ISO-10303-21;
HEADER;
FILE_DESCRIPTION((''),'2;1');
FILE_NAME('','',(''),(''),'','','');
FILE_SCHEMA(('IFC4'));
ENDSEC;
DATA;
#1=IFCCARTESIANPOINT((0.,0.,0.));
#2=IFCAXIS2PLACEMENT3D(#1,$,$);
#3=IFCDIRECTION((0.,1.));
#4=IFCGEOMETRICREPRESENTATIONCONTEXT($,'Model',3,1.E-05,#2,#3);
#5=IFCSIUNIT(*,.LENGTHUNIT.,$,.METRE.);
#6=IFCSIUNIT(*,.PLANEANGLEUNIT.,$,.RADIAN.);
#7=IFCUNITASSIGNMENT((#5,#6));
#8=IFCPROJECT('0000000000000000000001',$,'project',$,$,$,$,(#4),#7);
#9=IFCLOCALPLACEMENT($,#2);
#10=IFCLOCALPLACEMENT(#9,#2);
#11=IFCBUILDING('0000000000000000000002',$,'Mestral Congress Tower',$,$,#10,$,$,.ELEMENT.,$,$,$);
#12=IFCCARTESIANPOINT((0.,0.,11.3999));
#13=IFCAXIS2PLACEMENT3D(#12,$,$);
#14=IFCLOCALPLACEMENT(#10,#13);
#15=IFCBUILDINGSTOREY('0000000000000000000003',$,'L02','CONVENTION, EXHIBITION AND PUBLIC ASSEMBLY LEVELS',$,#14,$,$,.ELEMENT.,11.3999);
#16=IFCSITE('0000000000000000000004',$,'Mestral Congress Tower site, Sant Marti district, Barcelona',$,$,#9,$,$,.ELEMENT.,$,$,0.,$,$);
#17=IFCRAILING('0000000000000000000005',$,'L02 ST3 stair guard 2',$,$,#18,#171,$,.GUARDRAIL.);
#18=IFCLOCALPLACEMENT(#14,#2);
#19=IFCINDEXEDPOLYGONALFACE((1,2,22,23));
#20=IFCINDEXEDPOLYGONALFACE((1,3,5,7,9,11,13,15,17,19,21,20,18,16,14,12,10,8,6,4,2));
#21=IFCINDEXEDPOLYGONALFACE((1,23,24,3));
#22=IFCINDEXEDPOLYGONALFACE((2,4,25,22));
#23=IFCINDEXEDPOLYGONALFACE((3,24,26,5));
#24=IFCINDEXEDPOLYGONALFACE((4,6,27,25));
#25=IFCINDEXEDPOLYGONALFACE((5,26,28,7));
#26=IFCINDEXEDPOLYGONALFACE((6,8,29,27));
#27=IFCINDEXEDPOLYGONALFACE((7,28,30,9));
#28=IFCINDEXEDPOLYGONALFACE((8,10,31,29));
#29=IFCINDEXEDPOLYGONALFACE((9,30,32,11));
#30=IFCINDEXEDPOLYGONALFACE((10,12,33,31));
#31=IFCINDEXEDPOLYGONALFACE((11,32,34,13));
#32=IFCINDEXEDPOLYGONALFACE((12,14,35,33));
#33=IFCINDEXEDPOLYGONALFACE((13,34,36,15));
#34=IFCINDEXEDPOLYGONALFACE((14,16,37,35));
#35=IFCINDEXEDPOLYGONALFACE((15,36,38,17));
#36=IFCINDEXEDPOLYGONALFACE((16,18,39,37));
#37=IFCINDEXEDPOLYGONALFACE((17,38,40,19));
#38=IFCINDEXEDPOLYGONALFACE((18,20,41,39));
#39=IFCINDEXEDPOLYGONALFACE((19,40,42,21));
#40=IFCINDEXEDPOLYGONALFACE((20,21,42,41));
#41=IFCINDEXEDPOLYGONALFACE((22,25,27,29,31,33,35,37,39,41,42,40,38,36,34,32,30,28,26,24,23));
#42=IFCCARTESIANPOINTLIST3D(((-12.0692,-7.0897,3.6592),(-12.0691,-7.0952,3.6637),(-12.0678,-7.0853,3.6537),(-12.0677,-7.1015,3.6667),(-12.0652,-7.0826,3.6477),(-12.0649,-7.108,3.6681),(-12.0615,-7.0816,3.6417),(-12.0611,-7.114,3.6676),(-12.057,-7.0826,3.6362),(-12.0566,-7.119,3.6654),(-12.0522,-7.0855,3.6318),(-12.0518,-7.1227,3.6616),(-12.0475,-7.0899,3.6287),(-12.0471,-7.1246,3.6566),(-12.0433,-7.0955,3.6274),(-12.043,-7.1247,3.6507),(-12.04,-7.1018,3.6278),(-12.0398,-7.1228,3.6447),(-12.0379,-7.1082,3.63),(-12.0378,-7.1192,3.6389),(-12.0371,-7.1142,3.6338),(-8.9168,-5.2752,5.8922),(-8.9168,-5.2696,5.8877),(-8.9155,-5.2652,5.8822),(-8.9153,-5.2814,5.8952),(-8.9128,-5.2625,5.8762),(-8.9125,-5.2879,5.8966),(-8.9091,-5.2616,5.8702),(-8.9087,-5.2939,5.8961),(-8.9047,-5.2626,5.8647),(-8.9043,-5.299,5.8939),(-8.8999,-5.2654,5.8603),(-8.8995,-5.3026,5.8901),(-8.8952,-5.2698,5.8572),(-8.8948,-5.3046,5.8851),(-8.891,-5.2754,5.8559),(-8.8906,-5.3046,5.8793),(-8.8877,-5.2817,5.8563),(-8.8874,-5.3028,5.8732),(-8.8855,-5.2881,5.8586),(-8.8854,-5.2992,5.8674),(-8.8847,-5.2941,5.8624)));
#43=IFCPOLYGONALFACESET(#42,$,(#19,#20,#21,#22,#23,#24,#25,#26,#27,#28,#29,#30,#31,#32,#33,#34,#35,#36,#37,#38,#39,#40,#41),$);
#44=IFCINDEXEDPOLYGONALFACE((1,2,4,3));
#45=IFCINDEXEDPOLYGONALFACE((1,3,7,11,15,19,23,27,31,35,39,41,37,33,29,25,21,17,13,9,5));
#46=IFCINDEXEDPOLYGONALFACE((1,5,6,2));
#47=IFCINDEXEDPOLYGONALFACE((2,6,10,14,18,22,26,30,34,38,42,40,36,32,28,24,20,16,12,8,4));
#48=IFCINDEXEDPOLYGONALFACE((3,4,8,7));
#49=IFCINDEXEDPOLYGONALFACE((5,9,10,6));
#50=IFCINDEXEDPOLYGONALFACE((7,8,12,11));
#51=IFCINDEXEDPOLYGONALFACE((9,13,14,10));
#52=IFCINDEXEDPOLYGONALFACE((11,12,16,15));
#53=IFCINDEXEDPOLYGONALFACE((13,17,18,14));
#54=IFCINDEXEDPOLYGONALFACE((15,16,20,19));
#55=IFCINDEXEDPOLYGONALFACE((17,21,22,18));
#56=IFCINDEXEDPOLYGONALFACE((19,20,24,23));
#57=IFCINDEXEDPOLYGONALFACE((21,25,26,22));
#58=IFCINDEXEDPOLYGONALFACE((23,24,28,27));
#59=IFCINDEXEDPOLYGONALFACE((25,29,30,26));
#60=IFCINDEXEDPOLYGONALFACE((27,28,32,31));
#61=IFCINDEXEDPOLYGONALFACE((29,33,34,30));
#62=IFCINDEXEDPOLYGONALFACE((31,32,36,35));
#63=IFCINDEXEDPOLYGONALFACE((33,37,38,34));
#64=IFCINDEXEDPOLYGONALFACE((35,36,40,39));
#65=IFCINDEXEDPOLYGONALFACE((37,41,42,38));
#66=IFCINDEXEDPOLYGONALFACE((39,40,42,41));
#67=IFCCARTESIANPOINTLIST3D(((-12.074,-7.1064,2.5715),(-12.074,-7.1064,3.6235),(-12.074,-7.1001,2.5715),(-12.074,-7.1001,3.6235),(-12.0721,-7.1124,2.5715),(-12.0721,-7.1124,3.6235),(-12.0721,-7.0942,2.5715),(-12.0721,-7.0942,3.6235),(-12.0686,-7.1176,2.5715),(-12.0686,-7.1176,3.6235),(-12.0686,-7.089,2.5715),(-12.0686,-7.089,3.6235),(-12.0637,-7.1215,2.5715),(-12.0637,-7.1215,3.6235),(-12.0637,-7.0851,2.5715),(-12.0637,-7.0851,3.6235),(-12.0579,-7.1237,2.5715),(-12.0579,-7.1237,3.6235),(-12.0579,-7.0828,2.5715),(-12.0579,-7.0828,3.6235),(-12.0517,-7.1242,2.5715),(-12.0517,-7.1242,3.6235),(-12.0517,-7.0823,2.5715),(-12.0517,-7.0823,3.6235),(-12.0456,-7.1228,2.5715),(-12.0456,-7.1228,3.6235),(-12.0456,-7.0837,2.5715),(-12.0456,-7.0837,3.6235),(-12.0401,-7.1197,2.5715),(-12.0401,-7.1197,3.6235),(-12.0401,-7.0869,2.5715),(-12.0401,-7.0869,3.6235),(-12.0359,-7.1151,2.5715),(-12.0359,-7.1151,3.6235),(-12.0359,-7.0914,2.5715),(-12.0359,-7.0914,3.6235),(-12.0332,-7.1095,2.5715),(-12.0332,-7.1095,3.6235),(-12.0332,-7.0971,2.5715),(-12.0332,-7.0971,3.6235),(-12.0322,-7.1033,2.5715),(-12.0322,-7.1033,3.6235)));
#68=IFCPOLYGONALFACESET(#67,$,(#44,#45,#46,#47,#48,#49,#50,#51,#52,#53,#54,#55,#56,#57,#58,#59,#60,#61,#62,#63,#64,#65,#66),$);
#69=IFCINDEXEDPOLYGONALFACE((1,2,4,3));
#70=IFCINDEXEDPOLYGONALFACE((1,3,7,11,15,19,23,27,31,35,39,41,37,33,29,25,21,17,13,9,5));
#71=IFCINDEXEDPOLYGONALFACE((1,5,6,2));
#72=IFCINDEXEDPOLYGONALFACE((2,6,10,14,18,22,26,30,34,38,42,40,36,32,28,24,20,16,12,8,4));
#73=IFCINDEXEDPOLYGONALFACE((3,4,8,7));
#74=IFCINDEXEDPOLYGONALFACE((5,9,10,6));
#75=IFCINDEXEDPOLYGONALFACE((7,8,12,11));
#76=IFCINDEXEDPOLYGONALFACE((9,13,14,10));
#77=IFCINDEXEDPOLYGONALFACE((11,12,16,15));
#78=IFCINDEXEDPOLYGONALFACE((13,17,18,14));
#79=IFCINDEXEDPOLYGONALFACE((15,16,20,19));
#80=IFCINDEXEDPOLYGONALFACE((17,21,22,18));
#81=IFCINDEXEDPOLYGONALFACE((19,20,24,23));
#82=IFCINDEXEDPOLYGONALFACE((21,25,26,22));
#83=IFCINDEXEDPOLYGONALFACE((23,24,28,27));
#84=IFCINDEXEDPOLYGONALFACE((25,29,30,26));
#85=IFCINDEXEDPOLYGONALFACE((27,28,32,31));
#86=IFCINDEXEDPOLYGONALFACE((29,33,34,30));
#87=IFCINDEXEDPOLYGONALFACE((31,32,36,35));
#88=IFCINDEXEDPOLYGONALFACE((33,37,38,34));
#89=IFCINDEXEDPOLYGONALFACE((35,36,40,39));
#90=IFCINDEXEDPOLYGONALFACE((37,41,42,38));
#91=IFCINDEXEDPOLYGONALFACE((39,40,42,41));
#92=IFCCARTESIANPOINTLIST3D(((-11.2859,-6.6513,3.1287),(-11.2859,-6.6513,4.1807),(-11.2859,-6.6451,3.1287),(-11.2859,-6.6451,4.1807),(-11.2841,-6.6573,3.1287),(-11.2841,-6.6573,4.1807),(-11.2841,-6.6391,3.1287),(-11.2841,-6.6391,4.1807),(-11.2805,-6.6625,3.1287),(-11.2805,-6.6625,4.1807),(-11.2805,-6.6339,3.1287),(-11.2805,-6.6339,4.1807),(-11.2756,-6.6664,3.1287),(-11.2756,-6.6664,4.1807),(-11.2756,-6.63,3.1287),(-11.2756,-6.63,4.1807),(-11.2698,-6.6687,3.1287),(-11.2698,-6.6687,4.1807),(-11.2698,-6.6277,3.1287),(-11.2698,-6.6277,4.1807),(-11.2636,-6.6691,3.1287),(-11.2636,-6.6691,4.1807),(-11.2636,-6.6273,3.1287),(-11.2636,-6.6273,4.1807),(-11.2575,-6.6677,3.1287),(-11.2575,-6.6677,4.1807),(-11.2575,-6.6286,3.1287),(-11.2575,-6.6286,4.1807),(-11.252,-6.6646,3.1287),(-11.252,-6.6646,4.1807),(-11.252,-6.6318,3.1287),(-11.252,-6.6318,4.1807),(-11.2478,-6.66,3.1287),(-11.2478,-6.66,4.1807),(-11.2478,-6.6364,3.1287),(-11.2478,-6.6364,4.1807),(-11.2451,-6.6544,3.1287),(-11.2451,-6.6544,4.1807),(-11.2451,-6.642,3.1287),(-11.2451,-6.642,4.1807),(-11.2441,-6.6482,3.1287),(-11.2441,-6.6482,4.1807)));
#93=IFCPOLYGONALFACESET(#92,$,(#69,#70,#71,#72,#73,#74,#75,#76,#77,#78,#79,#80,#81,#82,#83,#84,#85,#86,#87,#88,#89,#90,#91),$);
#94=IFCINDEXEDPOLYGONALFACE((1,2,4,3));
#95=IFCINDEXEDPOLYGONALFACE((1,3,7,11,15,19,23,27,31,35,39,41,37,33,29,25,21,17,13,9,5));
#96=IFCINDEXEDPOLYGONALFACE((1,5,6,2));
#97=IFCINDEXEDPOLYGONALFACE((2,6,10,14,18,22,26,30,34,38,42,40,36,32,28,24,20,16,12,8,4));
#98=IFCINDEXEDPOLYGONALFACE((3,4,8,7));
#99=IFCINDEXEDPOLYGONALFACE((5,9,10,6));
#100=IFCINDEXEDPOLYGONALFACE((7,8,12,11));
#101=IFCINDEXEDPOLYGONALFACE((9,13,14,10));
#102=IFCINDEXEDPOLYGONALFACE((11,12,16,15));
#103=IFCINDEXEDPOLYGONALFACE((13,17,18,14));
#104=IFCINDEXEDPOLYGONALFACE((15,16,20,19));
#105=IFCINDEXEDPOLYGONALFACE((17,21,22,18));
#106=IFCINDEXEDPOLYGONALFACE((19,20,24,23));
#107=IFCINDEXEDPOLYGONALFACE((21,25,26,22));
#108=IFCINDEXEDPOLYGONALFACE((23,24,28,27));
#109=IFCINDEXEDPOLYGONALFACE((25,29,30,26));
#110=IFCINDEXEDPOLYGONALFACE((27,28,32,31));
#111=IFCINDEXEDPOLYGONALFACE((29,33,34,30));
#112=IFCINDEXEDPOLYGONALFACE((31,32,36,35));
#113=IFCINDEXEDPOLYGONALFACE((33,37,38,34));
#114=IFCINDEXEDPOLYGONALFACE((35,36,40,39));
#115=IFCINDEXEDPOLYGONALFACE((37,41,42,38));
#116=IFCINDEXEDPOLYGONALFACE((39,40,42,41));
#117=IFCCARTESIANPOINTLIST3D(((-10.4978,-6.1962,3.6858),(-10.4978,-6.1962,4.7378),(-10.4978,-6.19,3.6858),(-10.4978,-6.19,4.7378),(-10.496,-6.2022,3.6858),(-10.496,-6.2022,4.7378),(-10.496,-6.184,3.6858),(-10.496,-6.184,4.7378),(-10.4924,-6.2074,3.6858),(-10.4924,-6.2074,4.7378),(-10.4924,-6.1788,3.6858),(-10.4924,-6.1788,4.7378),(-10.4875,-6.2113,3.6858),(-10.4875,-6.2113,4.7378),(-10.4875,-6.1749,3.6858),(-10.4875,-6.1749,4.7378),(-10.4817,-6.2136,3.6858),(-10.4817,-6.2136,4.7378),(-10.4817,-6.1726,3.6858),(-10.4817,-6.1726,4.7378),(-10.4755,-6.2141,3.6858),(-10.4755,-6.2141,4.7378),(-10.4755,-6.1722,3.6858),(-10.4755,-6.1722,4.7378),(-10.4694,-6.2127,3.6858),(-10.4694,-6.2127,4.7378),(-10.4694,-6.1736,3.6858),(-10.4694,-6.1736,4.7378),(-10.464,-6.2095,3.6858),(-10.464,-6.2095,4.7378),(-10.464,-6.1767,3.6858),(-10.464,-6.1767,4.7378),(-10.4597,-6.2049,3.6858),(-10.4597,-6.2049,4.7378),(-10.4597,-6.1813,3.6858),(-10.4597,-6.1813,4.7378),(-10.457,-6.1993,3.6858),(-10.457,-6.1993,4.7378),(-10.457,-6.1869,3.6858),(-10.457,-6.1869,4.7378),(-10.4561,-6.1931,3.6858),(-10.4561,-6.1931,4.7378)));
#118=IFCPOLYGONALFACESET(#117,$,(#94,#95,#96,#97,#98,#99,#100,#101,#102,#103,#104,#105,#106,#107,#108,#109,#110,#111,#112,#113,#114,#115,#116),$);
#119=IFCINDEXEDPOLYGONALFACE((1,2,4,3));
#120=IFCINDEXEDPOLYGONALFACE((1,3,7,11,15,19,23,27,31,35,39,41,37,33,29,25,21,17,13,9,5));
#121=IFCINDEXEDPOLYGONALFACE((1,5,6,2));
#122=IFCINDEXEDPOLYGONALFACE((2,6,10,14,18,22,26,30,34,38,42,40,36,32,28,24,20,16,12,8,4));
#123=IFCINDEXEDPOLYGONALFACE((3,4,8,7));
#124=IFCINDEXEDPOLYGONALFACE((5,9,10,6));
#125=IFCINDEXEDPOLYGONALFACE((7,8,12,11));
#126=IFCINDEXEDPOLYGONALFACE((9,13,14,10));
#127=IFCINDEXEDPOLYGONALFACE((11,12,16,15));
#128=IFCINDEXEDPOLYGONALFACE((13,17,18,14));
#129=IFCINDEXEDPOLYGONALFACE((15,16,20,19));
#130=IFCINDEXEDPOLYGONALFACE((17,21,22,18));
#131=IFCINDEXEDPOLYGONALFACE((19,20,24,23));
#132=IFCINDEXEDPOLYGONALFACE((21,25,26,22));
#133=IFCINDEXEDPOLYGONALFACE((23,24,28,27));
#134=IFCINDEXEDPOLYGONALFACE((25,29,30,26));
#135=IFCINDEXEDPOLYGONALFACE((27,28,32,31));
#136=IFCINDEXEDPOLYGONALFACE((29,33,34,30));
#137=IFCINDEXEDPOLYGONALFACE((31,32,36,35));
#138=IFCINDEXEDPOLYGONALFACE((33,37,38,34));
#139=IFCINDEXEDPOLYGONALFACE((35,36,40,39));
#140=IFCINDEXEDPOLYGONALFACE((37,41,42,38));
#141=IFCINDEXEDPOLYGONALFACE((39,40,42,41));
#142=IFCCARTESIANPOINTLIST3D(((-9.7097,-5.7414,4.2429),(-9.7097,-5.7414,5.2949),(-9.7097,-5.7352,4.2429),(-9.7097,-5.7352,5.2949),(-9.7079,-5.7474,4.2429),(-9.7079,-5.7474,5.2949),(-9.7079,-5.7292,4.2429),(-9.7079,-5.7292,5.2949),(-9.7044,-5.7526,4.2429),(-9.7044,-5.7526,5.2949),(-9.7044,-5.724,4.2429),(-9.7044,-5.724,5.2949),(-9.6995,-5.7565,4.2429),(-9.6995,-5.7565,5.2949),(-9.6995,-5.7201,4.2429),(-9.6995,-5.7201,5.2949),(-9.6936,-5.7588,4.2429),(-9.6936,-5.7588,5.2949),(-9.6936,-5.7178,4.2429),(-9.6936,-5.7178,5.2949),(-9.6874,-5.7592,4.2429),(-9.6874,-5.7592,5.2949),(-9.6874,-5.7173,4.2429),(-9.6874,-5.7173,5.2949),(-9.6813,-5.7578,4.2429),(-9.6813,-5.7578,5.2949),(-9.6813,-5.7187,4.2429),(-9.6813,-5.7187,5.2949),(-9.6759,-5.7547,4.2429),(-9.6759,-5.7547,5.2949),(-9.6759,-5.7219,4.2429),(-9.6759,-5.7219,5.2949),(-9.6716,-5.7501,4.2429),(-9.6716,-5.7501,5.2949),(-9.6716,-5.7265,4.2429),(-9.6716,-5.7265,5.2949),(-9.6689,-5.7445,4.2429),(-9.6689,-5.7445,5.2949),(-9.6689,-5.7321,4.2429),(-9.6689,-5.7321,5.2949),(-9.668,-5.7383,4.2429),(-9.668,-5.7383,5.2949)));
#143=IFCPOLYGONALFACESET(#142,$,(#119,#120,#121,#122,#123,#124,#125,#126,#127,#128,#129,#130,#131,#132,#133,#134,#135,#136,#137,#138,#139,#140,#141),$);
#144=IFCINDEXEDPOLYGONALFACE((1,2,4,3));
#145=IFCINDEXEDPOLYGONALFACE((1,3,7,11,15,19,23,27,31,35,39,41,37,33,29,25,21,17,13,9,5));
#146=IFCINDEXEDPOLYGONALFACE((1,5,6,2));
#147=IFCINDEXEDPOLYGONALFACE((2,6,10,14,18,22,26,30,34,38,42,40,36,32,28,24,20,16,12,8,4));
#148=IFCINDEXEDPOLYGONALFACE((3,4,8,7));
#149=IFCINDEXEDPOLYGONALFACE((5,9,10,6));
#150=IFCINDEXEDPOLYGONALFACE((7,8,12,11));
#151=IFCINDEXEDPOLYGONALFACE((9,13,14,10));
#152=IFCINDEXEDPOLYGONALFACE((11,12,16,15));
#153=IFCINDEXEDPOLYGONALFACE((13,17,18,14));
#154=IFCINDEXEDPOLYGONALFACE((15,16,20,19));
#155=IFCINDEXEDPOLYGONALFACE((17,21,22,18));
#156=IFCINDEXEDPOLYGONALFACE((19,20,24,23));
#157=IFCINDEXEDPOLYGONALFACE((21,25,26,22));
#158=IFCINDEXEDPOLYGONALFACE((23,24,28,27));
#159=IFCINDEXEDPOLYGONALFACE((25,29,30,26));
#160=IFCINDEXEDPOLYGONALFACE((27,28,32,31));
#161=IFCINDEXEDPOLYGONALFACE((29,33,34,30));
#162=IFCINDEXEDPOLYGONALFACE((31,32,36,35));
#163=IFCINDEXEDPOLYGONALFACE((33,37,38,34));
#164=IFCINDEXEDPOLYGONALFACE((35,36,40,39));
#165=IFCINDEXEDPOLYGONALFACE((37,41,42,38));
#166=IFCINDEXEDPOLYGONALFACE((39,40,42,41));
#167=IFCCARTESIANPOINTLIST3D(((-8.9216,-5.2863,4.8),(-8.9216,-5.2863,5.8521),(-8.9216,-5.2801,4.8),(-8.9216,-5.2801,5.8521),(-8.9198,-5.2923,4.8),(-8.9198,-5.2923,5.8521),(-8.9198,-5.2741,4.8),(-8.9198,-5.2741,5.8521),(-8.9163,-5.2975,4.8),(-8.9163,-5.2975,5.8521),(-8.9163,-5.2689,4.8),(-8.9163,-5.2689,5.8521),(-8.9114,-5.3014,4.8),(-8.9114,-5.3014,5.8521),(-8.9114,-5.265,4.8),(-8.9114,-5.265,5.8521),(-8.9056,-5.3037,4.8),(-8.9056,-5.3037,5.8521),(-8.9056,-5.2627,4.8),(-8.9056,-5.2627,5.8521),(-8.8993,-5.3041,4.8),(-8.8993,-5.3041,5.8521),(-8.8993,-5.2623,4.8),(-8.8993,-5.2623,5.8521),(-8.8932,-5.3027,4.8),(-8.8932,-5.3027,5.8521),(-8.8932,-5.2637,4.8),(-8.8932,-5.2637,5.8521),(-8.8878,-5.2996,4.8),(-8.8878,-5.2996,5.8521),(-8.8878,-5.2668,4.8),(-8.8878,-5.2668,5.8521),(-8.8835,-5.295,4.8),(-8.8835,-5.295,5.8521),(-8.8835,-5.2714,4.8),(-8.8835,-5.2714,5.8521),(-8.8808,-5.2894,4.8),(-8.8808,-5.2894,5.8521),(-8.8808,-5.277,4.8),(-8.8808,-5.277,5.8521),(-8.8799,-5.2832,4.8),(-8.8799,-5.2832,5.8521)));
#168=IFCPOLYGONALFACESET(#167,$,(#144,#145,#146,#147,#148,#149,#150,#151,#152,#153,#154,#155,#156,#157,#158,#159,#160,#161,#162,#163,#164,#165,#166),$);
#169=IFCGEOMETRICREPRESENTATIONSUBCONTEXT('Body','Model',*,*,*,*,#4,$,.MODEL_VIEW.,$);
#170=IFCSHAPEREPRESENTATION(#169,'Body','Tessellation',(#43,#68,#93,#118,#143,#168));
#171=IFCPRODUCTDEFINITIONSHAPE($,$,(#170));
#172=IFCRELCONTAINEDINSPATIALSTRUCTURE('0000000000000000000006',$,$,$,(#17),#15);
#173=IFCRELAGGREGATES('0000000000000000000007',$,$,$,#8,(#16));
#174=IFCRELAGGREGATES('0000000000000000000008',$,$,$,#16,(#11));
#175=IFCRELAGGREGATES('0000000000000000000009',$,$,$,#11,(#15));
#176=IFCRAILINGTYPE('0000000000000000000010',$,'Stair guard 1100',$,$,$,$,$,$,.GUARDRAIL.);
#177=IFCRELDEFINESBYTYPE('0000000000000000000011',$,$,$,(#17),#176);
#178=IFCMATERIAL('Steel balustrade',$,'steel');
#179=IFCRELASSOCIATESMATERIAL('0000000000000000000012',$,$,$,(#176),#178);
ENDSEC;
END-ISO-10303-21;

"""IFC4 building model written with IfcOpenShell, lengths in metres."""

from ifc_helpers import new_model, si_unit, direction, frame, origin, origin_2d, place, context, subcontext, project, spatial, circle, extrude, material, type_object, element, save


model = new_model("IFC4")

# Units and contexts
model_context = context("Model", 3, precision=1e-05, world=origin(), true_north=direction((0.0, 1.0)))
body_context = subcontext(model_context, "Body", "Model", "MODEL_VIEW")
ifc_project = project(units=[si_unit("LENGTHUNIT", "METRE"), si_unit("PLANEANGLEUNIT", "RADIAN")], contexts=[model_context])

# Site, building, storey
site_placement = place(None, origin())
site = spatial("IfcSite", under=ifc_project, at=site_placement, Name="Mestral Congress Tower site, Sant Marti district, Barcelona", CompositionType="ELEMENT", RefElevation=0.0)
building_placement = place(site_placement, origin())
building = spatial("IfcBuilding", under=site, at=building_placement, Name="Mestral Congress Tower", CompositionType="ELEMENT")
storey_placement = place(building_placement, frame((0.0, 0.0, 11.3999)))
storey = spatial("IfcBuildingStorey", under=building, at=storey_placement, Name="L02", Description="CONVENTION, EXHIBITION AND PUBLIC ASSEMBLY LEVELS", CompositionType="ELEMENT", Elevation=11.3999)

# Railing
ifc_material_1 = material(Name="Steel balustrade", Category="steel")
railing_type_1 = type_object("IfcRailingType", Name="Stair guard 1100", PredefinedType="GUARDRAIL", material=ifc_material_1)
railing_1_placement = place(storey_placement, frame((-12.0532, -7.1033, 2.5715)))
element("IfcRailing", 1, at=railing_1_placement, inside=storey, type_object=railing_type_1, Name="L02 ST3 stair guard 2", PredefinedType="GUARDRAIL", context=body_context, shape_type="SweptSolid", body=[
    extrude(circle(Radius=0.0239, at=origin_2d()), frame((0.0, 0.0, 1.0762), z_axis=(0.738592, 0.426441, 0.52214), x_axis=(-0.500013, 0.866018, 0.0)), (0.0, 0.0, 1.0), 4.2681),
    extrude(circle(Radius=0.021, at=origin_2d()), origin(), (0.0, 0.0, 1.0), 1.052),
    extrude(circle(Radius=0.021, at=origin_2d()), frame((0.7881, 0.4551, 0.5571)), (0.0, 0.0, 1.0), 1.052),
    extrude(circle(Radius=0.021, at=origin_2d()), frame((1.5762, 0.9102, 1.1143)), (0.0, 0.0, 1.0), 1.052),
    extrude(circle(Radius=0.021, at=origin_2d()), frame((2.3643, 1.365, 1.6714)), (0.0, 0.0, 1.0), 1.052),
    extrude(circle(Radius=0.021, at=origin_2d()), frame((3.1523, 1.8201, 2.2285)), (0.0, 0.0, 1.0), 1.052),
])

save(model, "model.ifc")
